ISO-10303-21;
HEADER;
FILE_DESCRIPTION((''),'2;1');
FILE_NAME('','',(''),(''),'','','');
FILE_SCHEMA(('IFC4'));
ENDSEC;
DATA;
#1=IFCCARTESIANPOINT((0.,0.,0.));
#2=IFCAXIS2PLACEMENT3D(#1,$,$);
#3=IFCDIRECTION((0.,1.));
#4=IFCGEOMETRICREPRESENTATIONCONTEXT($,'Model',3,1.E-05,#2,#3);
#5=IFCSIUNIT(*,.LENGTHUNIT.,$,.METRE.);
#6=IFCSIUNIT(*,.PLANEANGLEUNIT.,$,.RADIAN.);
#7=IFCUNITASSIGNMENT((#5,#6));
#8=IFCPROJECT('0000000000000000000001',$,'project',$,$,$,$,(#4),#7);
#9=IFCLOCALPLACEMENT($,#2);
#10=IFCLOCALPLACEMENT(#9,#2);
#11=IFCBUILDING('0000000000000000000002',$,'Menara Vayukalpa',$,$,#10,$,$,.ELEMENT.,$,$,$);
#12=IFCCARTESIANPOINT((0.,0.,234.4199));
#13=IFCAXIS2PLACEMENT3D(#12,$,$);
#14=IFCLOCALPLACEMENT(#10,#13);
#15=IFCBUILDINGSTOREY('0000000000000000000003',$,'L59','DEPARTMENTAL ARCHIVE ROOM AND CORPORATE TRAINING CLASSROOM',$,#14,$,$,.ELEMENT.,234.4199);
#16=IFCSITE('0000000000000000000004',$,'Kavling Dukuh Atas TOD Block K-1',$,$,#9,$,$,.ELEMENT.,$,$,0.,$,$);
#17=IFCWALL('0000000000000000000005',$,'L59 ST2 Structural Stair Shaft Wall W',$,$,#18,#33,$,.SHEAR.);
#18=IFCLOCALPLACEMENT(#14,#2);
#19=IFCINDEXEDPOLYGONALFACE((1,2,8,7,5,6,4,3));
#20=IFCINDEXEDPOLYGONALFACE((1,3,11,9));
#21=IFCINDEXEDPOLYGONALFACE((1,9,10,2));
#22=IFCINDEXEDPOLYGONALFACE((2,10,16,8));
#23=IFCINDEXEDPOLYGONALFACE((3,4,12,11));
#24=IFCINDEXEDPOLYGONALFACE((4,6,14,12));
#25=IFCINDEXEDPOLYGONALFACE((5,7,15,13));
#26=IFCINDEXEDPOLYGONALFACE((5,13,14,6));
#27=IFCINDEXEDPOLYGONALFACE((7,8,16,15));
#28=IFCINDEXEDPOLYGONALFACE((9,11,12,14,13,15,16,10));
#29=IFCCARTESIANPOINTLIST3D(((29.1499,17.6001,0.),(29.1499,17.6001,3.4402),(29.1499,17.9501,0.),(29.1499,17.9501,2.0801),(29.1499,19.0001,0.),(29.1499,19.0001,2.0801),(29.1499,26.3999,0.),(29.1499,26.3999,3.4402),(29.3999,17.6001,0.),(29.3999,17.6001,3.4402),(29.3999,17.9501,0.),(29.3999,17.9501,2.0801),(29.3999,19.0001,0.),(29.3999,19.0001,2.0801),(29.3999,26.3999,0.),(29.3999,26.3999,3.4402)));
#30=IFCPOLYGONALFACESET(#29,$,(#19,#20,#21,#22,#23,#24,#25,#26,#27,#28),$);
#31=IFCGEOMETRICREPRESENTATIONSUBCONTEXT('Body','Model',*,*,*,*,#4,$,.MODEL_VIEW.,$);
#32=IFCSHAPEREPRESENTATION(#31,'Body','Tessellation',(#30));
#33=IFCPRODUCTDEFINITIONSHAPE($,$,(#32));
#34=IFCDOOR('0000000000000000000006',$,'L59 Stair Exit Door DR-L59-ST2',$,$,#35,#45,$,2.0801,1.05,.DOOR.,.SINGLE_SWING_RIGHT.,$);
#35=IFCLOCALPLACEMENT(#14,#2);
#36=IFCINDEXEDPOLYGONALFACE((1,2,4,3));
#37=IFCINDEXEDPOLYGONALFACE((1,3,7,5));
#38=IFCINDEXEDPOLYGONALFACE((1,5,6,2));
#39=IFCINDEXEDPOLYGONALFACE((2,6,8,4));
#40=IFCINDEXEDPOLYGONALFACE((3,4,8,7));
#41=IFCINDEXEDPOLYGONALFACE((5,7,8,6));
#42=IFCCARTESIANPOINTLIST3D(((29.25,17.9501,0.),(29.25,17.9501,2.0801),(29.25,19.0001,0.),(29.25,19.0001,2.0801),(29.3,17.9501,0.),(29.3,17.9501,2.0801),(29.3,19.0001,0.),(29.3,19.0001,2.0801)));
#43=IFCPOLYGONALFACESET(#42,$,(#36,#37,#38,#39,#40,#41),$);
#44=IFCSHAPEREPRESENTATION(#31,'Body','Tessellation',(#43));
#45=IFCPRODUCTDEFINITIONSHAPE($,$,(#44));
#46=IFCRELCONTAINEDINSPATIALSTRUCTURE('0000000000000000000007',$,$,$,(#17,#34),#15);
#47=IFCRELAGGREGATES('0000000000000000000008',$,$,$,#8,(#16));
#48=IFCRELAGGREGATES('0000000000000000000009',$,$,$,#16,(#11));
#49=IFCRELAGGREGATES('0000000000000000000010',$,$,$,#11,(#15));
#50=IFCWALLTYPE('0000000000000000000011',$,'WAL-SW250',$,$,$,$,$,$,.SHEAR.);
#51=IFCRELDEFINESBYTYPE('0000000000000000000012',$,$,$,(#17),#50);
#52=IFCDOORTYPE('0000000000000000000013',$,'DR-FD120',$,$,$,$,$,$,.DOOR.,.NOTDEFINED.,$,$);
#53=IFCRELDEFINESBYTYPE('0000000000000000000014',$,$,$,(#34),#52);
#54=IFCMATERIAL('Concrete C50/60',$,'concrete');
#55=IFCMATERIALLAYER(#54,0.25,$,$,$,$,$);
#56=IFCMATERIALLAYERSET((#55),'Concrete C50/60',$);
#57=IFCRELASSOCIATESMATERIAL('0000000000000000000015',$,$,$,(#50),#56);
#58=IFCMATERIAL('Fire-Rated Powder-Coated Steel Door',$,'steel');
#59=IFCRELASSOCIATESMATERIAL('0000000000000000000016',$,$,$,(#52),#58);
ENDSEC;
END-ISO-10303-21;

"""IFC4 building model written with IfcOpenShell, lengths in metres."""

from ifc_helpers import new_model, si_unit, direction, frame, frame_2d, origin, place, context, subcontext, project, spatial, rectangle, extrude, material, layer, layer_set, type_object, element, fill, save


model = new_model("IFC4")

# Units and contexts
model_context = context("Model", 3, precision=1e-05, world=origin(), true_north=direction((0.0, 1.0)))
body_context = subcontext(model_context, "Body", "Model", "MODEL_VIEW")
ifc_project = project(units=[si_unit("LENGTHUNIT", "METRE"), si_unit("PLANEANGLEUNIT", "RADIAN")], contexts=[model_context])

# Site, building, storey
site_placement = place(None, origin())
site = spatial("IfcSite", under=ifc_project, at=site_placement, Name="Kavling Dukuh Atas TOD Block K-1", CompositionType="ELEMENT", RefElevation=0.0)
building_placement = place(site_placement, origin())
building = spatial("IfcBuilding", under=site, at=building_placement, Name="Menara Vayukalpa", CompositionType="ELEMENT")
storey_placement = place(building_placement, frame((0.0, 0.0, 234.4199)))
storey = spatial("IfcBuildingStorey", under=building, at=storey_placement, Name="L59", Description="DEPARTMENTAL ARCHIVE ROOM AND CORPORATE TRAINING CLASSROOM", CompositionType="ELEMENT", Elevation=234.4199)

# Wall, opening, door
ifc_material_1 = material(Name="Concrete C50/60", Category="concrete")
ifc_layer_1 = layer(ifc_material_1, 0.25)
ifc_layer_set_1 = layer_set([ifc_layer_1], Name="Concrete C50/60")
wall_type_1 = type_object("IfcWallType", Name="WAL-SW250", PredefinedType="SHEAR", material=ifc_layer_set_1)
wall_1_placement = place(storey_placement, frame((29.2749, 17.6001, 0.0), z_axis=(0.0, 0.0, 1.0), x_axis=(0.0, 1.0, 0.0)))
wall_1 = element("IfcWall", 1, at=wall_1_placement, inside=storey, type_object=wall_type_1, Name="L59 ST2 Structural Stair Shaft Wall W", PredefinedType="SHEAR", context=body_context, shape_type="SweptSolid", body=[
    extrude(rectangle(XDim=8.7998, YDim=0.25, at=frame_2d((4.3999, 0.0))), origin(), (0.0, 0.0, 1.0), 3.4402),
])
opening_1_placement = place(wall_1_placement, frame((0.3501, 0.0, 0.0)))
opening_1 = element("IfcOpeningElement", 2, at=opening_1_placement, cuts=wall_1, PredefinedType="OPENING", context=body_context, shape_type="SweptSolid", body=[
    extrude(rectangle(XDim=1.05, YDim=2.0801, at=frame_2d((0.5249, 1.04))), frame((0.0, 0.135, 0.0), z_axis=(0.0, -1.0, 0.0), x_axis=(1.0, 0.0, 0.0)), (0.0, 0.0, 1.0), 0.27),
])
ifc_material_2 = material(Name="Fire-Rated Powder-Coated Steel Door", Category="steel")
door_type_1 = type_object("IfcDoorType", Name="DR-FD120", OperationType="NOTDEFINED", PredefinedType="DOOR", material=ifc_material_2)
door_1_placement = place(opening_1_placement, origin())
door_1 = element("IfcDoor", 3, at=door_1_placement, inside=storey, type_object=door_type_1, Name="L59 Stair Exit Door DR-L59-ST2", OperationType="SINGLE_SWING_RIGHT", OverallHeight=2.0801, OverallWidth=1.05, PredefinedType="DOOR", context=body_context, shape_type="SweptSolid", body=[
    extrude(rectangle(XDim=1.05, YDim=2.0801, at=frame_2d((0.5249, 1.04))), frame((0.0, 0.0249, 0.0), z_axis=(0.0, -1.0, 0.0), x_axis=(1.0, 0.0, 0.0)), (0.0, 0.0, 1.0), 0.05),
])
fill(opening_1, door_1)

save(model, "model.ifc")
